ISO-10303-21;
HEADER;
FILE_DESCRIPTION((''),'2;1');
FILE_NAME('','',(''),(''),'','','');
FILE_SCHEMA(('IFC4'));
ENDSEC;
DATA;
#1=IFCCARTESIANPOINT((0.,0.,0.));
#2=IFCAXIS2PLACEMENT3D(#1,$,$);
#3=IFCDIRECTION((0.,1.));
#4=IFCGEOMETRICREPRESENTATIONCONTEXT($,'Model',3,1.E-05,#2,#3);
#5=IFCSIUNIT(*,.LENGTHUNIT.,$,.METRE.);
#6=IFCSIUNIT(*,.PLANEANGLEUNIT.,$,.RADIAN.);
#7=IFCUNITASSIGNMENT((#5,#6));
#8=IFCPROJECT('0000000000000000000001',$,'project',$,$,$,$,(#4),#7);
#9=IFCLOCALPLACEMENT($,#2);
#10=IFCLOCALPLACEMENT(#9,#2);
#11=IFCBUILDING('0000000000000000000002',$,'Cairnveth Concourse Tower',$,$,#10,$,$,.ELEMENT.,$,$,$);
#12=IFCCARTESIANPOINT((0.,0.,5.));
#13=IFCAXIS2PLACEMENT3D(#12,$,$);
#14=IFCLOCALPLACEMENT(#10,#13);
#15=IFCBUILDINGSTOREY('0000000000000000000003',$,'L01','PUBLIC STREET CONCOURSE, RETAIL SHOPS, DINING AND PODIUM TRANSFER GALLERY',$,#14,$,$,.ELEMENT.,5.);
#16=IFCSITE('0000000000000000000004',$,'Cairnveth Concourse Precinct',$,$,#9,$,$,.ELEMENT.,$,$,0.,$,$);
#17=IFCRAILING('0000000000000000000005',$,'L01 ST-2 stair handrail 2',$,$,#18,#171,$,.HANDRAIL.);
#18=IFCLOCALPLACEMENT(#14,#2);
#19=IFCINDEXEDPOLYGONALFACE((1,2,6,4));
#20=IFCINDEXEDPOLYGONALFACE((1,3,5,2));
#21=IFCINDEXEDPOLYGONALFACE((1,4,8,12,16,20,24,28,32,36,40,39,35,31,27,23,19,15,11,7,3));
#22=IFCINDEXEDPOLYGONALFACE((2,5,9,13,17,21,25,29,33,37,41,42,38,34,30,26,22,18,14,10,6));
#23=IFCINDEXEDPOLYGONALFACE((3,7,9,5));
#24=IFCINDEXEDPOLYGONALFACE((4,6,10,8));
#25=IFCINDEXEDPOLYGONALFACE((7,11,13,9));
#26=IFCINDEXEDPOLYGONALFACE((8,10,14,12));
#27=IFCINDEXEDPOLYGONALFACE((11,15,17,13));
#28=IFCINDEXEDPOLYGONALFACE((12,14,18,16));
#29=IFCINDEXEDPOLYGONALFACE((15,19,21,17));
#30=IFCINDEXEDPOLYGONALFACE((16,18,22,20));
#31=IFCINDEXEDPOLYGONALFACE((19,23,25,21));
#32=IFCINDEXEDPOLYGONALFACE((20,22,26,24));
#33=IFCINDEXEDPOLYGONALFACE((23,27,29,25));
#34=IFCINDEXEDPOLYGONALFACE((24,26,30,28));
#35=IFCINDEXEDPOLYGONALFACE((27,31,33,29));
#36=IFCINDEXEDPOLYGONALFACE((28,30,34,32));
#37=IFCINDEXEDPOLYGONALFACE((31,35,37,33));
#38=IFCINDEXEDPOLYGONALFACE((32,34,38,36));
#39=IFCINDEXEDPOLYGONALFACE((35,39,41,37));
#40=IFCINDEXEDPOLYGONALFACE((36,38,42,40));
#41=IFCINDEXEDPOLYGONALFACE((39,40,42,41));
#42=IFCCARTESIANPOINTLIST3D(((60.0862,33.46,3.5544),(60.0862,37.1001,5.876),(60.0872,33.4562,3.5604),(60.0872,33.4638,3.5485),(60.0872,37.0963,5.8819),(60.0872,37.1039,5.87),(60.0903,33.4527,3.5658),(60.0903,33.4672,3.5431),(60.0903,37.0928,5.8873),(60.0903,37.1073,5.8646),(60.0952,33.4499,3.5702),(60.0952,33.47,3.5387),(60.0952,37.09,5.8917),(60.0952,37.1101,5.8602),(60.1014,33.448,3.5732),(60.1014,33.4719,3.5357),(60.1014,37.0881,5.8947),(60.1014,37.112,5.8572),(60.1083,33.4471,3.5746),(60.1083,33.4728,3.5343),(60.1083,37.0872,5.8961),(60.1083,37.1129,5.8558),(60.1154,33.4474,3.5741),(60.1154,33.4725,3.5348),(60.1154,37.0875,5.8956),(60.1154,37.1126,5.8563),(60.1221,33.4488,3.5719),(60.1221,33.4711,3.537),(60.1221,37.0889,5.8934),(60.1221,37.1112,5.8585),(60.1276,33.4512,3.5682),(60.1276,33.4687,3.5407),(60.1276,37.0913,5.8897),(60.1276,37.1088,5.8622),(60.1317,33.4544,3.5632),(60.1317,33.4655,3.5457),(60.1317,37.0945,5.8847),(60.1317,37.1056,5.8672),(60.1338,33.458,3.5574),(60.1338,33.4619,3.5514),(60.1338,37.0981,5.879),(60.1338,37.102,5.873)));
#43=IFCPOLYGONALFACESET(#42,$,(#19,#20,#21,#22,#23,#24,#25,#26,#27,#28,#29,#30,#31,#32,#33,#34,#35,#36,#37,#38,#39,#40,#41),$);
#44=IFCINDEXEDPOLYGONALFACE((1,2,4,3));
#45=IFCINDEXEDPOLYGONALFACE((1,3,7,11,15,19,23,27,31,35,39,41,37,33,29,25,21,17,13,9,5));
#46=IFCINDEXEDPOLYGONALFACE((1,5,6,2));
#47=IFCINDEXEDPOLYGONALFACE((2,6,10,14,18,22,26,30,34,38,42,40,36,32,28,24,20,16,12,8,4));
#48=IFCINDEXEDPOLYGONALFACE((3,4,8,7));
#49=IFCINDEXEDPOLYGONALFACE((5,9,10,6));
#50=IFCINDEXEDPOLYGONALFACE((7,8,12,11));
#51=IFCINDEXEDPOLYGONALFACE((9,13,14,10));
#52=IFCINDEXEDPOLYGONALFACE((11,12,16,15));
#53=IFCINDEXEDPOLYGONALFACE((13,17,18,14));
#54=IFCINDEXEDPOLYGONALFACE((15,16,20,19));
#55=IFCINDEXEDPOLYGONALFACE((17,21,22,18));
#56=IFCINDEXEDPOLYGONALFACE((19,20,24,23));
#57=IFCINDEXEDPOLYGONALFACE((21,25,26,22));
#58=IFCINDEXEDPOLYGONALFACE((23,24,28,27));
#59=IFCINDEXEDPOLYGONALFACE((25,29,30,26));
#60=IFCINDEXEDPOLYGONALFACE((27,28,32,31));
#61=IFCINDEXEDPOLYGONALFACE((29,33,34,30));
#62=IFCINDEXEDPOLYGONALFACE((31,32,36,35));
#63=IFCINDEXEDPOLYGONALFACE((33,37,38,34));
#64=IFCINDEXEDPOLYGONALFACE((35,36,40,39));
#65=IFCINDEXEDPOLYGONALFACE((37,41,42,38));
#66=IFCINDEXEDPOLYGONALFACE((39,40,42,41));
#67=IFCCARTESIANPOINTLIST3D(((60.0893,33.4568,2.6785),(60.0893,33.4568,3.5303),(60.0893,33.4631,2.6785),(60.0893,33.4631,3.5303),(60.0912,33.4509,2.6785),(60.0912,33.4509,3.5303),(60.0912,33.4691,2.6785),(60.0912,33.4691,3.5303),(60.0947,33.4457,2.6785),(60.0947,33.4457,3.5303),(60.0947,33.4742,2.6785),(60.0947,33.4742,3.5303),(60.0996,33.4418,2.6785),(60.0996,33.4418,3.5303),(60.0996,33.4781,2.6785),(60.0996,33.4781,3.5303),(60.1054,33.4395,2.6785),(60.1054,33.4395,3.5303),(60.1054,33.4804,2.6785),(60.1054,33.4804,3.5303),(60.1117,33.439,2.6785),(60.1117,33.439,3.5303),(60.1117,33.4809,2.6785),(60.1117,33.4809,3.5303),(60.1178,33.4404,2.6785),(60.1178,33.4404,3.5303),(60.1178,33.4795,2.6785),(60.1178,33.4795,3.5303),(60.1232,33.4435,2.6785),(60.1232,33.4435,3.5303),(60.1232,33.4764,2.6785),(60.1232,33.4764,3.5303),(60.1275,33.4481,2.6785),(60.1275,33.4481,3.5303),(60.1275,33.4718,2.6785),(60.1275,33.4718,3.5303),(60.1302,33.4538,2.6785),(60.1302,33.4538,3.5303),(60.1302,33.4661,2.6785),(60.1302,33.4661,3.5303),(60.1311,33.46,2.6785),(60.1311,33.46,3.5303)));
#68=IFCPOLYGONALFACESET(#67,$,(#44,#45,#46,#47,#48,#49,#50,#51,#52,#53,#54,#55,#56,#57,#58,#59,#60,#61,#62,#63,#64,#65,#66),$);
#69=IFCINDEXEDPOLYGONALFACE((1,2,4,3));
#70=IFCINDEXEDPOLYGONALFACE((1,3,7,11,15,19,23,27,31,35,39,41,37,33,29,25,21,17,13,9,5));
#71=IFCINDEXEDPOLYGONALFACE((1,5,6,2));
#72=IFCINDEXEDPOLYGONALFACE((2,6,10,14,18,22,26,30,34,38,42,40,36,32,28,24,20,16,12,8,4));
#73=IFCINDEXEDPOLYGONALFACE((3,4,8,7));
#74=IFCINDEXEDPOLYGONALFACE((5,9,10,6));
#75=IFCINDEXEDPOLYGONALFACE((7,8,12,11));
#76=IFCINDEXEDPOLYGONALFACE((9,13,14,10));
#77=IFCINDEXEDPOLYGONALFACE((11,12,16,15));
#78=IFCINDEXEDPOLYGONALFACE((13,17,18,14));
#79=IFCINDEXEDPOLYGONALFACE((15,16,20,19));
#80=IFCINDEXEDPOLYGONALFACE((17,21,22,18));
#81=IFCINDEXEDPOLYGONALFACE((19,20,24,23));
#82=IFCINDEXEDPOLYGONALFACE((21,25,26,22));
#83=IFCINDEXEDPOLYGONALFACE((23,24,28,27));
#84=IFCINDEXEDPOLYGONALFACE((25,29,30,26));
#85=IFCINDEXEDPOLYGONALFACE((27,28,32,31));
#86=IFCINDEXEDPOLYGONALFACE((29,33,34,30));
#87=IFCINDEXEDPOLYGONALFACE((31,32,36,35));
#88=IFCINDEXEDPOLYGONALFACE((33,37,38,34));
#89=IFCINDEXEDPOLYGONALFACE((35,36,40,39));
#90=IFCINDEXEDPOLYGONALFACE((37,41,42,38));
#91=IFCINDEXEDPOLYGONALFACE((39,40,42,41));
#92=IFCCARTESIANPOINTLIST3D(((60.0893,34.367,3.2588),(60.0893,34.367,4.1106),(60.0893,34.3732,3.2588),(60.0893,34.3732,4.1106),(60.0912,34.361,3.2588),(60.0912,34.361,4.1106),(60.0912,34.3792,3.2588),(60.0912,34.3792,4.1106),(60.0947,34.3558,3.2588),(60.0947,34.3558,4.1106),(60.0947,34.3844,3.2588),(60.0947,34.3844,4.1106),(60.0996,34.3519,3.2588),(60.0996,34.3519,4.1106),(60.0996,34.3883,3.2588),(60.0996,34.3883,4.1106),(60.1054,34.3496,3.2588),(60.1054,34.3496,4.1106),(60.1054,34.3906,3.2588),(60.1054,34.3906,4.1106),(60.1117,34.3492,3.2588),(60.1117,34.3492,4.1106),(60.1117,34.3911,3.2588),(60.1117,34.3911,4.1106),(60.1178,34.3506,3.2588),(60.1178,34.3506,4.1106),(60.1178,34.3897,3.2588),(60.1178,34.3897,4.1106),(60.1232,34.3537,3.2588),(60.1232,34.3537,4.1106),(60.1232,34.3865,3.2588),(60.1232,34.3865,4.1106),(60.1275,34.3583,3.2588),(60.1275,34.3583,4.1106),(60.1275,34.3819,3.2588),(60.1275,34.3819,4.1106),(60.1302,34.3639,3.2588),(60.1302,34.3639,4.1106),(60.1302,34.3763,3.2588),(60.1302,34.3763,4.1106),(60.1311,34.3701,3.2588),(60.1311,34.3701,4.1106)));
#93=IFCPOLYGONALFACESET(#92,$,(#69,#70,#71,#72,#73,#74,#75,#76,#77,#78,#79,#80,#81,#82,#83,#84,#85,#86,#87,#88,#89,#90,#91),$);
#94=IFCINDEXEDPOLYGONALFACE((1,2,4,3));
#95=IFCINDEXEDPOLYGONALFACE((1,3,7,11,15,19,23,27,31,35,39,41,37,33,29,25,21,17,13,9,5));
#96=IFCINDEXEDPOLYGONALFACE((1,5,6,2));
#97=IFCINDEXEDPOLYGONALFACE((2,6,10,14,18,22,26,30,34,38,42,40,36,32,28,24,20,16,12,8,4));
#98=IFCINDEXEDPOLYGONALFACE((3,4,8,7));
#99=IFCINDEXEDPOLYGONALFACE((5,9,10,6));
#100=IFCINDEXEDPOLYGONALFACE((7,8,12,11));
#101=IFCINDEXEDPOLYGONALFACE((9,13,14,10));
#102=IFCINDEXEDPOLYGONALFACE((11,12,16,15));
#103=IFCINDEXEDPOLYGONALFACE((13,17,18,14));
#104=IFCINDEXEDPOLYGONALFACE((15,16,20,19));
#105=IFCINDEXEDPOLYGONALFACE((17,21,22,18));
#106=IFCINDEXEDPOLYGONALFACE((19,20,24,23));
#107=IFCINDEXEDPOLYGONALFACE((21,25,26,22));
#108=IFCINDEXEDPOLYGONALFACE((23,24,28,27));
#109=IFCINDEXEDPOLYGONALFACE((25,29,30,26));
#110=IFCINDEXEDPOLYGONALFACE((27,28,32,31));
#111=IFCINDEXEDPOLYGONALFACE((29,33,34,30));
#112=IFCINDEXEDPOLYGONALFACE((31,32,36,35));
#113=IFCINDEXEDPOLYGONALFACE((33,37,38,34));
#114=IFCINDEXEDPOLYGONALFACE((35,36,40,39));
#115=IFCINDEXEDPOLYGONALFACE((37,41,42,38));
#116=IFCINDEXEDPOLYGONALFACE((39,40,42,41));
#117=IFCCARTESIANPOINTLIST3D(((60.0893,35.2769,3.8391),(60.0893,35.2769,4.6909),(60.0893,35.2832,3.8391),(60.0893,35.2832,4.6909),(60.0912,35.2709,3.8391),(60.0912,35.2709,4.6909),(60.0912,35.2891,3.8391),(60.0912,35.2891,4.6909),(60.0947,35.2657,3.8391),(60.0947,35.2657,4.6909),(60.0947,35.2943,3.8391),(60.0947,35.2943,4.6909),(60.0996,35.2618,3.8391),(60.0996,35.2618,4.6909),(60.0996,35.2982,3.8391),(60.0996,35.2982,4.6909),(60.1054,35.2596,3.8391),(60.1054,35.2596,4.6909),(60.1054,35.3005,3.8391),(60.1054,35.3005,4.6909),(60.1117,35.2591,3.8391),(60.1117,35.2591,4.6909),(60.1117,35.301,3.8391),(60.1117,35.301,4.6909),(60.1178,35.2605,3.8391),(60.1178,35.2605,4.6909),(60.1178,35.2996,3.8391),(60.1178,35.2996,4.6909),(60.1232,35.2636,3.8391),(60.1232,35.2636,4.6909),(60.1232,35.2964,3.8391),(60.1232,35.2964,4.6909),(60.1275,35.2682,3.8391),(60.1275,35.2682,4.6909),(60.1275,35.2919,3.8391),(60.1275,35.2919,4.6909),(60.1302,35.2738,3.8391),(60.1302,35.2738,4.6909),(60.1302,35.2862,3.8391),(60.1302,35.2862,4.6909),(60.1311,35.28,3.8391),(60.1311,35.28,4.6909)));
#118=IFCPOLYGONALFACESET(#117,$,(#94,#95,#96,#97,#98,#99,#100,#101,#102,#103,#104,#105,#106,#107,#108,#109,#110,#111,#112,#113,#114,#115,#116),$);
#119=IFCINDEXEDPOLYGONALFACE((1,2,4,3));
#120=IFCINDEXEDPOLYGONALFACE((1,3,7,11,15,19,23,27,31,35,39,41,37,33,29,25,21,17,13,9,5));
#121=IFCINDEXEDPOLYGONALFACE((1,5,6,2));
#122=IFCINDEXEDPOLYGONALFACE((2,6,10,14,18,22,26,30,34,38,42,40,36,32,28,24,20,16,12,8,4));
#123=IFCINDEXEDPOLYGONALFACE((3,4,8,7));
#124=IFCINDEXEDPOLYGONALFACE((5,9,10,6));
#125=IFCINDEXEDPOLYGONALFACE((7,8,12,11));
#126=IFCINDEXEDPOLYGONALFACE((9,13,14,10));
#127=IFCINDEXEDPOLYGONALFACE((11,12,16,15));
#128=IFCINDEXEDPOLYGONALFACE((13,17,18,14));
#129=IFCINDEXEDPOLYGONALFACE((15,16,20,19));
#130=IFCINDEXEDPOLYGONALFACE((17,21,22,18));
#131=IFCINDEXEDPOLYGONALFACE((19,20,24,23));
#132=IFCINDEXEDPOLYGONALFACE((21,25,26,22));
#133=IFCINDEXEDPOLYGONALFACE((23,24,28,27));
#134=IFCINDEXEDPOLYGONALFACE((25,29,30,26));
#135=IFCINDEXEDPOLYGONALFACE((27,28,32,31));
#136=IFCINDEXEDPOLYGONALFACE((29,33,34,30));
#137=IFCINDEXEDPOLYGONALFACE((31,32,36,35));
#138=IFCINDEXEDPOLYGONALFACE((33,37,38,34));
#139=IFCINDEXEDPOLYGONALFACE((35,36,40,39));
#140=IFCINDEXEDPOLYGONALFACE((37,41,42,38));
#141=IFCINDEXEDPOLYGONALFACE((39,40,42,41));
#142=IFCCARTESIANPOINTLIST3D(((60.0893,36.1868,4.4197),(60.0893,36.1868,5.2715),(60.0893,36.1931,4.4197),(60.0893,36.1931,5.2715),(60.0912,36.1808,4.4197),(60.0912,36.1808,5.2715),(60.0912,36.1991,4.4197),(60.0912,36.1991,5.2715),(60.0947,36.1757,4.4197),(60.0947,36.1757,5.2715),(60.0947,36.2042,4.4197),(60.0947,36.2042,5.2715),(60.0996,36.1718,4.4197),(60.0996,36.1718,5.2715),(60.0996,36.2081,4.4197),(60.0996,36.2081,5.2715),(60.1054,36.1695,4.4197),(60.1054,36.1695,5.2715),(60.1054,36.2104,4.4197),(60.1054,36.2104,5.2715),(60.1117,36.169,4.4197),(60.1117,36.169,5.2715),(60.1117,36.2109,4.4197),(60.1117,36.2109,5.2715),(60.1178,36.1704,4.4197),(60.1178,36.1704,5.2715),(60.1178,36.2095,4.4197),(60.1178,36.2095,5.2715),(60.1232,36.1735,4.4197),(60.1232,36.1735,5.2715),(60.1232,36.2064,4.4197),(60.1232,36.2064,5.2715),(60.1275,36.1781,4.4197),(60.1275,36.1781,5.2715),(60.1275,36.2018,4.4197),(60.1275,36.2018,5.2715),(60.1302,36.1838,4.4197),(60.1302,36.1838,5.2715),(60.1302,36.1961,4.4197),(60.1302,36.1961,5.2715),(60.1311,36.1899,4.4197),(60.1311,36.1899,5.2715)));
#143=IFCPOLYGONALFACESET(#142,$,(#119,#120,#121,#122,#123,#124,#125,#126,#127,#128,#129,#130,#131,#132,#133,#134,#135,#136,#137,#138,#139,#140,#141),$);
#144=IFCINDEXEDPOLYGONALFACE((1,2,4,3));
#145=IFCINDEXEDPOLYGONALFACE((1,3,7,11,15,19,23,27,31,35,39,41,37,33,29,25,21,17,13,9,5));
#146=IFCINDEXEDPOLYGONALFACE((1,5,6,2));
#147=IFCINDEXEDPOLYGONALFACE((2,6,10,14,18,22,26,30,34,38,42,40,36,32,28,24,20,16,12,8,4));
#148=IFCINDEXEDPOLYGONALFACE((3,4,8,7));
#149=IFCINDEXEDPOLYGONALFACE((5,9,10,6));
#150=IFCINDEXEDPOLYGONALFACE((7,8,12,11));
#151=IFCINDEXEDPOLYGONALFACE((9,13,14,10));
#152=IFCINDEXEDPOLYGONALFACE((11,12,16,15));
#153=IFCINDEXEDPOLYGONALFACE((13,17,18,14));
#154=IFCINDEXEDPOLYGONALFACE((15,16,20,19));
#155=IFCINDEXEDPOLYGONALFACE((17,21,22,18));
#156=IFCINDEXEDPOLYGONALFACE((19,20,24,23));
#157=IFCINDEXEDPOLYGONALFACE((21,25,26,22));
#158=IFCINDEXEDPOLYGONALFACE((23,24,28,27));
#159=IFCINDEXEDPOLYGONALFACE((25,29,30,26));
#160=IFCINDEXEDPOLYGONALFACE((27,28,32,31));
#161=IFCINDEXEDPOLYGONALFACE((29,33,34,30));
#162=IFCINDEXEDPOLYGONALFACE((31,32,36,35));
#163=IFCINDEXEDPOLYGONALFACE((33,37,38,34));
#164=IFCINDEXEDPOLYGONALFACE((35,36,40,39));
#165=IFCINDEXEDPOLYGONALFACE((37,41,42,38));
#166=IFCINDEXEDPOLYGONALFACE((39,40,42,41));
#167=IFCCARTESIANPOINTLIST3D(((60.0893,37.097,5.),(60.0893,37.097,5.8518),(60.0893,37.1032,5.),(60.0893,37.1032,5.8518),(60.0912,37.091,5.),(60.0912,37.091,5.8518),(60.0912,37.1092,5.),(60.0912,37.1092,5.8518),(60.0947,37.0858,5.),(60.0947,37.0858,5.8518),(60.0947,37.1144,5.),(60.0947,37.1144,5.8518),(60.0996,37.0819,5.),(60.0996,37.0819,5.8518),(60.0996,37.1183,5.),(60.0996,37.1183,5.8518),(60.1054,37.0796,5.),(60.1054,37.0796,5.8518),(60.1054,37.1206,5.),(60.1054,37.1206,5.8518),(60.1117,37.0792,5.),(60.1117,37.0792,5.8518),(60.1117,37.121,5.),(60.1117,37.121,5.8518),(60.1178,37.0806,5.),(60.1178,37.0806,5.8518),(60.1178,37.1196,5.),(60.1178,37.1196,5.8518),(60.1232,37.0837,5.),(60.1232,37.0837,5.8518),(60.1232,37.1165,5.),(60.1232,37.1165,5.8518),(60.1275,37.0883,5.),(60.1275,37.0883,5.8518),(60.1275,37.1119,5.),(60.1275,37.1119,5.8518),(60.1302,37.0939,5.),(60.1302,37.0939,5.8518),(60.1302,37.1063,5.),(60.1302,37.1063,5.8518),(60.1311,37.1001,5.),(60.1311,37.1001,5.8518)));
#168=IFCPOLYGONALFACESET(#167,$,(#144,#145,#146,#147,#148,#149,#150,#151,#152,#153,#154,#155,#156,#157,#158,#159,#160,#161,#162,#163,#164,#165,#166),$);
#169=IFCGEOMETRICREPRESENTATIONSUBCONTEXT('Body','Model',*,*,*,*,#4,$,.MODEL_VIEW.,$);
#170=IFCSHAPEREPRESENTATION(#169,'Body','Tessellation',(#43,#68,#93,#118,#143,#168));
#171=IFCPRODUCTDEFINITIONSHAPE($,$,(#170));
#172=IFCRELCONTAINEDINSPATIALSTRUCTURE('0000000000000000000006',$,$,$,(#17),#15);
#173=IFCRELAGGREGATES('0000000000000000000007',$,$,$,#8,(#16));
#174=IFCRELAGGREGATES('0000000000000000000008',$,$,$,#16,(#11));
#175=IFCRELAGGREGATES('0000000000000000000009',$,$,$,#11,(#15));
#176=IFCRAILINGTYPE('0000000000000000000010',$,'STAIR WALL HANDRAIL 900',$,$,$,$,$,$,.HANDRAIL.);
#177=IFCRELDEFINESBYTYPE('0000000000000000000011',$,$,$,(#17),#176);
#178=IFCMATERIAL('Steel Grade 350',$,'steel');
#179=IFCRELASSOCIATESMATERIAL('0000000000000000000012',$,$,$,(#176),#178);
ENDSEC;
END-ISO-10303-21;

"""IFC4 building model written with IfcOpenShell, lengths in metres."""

from ifc_helpers import new_model, si_unit, direction, frame, origin, origin_2d, place, context, subcontext, project, spatial, circle, extrude, material, type_object, element, save


model = new_model("IFC4")

# Units and contexts
model_context = context("Model", 3, precision=1e-05, world=origin(), true_north=direction((0.0, 1.0)))
body_context = subcontext(model_context, "Body", "Model", "MODEL_VIEW")
ifc_project = project(units=[si_unit("LENGTHUNIT", "METRE"), si_unit("PLANEANGLEUNIT", "RADIAN")], contexts=[model_context])

# Site, building, storey
site_placement = place(None, origin())
site = spatial("IfcSite", under=ifc_project, at=site_placement, Name="Cairnveth Concourse Precinct", CompositionType="ELEMENT", RefElevation=0.0)
building_placement = place(site_placement, origin())
building = spatial("IfcBuilding", under=site, at=building_placement, Name="Cairnveth Concourse Tower", CompositionType="ELEMENT")
storey_placement = place(building_placement, frame((0.0, 0.0, 5.0)))
storey = spatial("IfcBuildingStorey", under=building, at=storey_placement, Name="L01", Description="PUBLIC STREET CONCOURSE, RETAIL SHOPS, DINING AND PODIUM TRANSFER GALLERY", CompositionType="ELEMENT", Elevation=5.0)

# Shared definitions
ifc_material_1 = material(Name="Steel Grade 350", Category="steel")

# Railing
railing_type_1 = type_object("IfcRailingType", Name="STAIR WALL HANDRAIL 900", PredefinedType="HANDRAIL", material=ifc_material_1)
railing_1_placement = place(storey_placement, frame((60.1101, 33.46, 2.6785)))
element("IfcRailing", 1, at=railing_1_placement, inside=storey, type_object=railing_type_1, Name="L01 ST-2 stair handrail 2", PredefinedType="HANDRAIL", context=body_context, shape_type="SweptSolid", body=[
    extrude(circle(Radius=0.0239, at=origin_2d()), frame((0.0, 0.0, 0.876), z_axis=(0.0, 0.843128, 0.537713), x_axis=(-1.0, 0.0, 0.0)), (0.0, 0.0, 1.0), 4.3174),
    extrude(circle(Radius=0.021, at=origin_2d()), origin(), (0.0, 0.0, 1.0), 0.8518),
    extrude(circle(Radius=0.021, at=origin_2d()), frame((0.0, 0.9102, 0.5803)), (0.0, 0.0, 1.0), 0.8518),
    extrude(circle(Radius=0.021, at=origin_2d()), frame((0.0, 1.8201, 1.1606)), (0.0, 0.0, 1.0), 0.8518),
    extrude(circle(Radius=0.021, at=origin_2d()), frame((0.0, 2.73, 1.7412)), (0.0, 0.0, 1.0), 0.8518),
    extrude(circle(Radius=0.021, at=origin_2d()), frame((0.0, 3.6401, 2.3215)), (0.0, 0.0, 1.0), 0.8518),
])

save(model, "model.ifc")
